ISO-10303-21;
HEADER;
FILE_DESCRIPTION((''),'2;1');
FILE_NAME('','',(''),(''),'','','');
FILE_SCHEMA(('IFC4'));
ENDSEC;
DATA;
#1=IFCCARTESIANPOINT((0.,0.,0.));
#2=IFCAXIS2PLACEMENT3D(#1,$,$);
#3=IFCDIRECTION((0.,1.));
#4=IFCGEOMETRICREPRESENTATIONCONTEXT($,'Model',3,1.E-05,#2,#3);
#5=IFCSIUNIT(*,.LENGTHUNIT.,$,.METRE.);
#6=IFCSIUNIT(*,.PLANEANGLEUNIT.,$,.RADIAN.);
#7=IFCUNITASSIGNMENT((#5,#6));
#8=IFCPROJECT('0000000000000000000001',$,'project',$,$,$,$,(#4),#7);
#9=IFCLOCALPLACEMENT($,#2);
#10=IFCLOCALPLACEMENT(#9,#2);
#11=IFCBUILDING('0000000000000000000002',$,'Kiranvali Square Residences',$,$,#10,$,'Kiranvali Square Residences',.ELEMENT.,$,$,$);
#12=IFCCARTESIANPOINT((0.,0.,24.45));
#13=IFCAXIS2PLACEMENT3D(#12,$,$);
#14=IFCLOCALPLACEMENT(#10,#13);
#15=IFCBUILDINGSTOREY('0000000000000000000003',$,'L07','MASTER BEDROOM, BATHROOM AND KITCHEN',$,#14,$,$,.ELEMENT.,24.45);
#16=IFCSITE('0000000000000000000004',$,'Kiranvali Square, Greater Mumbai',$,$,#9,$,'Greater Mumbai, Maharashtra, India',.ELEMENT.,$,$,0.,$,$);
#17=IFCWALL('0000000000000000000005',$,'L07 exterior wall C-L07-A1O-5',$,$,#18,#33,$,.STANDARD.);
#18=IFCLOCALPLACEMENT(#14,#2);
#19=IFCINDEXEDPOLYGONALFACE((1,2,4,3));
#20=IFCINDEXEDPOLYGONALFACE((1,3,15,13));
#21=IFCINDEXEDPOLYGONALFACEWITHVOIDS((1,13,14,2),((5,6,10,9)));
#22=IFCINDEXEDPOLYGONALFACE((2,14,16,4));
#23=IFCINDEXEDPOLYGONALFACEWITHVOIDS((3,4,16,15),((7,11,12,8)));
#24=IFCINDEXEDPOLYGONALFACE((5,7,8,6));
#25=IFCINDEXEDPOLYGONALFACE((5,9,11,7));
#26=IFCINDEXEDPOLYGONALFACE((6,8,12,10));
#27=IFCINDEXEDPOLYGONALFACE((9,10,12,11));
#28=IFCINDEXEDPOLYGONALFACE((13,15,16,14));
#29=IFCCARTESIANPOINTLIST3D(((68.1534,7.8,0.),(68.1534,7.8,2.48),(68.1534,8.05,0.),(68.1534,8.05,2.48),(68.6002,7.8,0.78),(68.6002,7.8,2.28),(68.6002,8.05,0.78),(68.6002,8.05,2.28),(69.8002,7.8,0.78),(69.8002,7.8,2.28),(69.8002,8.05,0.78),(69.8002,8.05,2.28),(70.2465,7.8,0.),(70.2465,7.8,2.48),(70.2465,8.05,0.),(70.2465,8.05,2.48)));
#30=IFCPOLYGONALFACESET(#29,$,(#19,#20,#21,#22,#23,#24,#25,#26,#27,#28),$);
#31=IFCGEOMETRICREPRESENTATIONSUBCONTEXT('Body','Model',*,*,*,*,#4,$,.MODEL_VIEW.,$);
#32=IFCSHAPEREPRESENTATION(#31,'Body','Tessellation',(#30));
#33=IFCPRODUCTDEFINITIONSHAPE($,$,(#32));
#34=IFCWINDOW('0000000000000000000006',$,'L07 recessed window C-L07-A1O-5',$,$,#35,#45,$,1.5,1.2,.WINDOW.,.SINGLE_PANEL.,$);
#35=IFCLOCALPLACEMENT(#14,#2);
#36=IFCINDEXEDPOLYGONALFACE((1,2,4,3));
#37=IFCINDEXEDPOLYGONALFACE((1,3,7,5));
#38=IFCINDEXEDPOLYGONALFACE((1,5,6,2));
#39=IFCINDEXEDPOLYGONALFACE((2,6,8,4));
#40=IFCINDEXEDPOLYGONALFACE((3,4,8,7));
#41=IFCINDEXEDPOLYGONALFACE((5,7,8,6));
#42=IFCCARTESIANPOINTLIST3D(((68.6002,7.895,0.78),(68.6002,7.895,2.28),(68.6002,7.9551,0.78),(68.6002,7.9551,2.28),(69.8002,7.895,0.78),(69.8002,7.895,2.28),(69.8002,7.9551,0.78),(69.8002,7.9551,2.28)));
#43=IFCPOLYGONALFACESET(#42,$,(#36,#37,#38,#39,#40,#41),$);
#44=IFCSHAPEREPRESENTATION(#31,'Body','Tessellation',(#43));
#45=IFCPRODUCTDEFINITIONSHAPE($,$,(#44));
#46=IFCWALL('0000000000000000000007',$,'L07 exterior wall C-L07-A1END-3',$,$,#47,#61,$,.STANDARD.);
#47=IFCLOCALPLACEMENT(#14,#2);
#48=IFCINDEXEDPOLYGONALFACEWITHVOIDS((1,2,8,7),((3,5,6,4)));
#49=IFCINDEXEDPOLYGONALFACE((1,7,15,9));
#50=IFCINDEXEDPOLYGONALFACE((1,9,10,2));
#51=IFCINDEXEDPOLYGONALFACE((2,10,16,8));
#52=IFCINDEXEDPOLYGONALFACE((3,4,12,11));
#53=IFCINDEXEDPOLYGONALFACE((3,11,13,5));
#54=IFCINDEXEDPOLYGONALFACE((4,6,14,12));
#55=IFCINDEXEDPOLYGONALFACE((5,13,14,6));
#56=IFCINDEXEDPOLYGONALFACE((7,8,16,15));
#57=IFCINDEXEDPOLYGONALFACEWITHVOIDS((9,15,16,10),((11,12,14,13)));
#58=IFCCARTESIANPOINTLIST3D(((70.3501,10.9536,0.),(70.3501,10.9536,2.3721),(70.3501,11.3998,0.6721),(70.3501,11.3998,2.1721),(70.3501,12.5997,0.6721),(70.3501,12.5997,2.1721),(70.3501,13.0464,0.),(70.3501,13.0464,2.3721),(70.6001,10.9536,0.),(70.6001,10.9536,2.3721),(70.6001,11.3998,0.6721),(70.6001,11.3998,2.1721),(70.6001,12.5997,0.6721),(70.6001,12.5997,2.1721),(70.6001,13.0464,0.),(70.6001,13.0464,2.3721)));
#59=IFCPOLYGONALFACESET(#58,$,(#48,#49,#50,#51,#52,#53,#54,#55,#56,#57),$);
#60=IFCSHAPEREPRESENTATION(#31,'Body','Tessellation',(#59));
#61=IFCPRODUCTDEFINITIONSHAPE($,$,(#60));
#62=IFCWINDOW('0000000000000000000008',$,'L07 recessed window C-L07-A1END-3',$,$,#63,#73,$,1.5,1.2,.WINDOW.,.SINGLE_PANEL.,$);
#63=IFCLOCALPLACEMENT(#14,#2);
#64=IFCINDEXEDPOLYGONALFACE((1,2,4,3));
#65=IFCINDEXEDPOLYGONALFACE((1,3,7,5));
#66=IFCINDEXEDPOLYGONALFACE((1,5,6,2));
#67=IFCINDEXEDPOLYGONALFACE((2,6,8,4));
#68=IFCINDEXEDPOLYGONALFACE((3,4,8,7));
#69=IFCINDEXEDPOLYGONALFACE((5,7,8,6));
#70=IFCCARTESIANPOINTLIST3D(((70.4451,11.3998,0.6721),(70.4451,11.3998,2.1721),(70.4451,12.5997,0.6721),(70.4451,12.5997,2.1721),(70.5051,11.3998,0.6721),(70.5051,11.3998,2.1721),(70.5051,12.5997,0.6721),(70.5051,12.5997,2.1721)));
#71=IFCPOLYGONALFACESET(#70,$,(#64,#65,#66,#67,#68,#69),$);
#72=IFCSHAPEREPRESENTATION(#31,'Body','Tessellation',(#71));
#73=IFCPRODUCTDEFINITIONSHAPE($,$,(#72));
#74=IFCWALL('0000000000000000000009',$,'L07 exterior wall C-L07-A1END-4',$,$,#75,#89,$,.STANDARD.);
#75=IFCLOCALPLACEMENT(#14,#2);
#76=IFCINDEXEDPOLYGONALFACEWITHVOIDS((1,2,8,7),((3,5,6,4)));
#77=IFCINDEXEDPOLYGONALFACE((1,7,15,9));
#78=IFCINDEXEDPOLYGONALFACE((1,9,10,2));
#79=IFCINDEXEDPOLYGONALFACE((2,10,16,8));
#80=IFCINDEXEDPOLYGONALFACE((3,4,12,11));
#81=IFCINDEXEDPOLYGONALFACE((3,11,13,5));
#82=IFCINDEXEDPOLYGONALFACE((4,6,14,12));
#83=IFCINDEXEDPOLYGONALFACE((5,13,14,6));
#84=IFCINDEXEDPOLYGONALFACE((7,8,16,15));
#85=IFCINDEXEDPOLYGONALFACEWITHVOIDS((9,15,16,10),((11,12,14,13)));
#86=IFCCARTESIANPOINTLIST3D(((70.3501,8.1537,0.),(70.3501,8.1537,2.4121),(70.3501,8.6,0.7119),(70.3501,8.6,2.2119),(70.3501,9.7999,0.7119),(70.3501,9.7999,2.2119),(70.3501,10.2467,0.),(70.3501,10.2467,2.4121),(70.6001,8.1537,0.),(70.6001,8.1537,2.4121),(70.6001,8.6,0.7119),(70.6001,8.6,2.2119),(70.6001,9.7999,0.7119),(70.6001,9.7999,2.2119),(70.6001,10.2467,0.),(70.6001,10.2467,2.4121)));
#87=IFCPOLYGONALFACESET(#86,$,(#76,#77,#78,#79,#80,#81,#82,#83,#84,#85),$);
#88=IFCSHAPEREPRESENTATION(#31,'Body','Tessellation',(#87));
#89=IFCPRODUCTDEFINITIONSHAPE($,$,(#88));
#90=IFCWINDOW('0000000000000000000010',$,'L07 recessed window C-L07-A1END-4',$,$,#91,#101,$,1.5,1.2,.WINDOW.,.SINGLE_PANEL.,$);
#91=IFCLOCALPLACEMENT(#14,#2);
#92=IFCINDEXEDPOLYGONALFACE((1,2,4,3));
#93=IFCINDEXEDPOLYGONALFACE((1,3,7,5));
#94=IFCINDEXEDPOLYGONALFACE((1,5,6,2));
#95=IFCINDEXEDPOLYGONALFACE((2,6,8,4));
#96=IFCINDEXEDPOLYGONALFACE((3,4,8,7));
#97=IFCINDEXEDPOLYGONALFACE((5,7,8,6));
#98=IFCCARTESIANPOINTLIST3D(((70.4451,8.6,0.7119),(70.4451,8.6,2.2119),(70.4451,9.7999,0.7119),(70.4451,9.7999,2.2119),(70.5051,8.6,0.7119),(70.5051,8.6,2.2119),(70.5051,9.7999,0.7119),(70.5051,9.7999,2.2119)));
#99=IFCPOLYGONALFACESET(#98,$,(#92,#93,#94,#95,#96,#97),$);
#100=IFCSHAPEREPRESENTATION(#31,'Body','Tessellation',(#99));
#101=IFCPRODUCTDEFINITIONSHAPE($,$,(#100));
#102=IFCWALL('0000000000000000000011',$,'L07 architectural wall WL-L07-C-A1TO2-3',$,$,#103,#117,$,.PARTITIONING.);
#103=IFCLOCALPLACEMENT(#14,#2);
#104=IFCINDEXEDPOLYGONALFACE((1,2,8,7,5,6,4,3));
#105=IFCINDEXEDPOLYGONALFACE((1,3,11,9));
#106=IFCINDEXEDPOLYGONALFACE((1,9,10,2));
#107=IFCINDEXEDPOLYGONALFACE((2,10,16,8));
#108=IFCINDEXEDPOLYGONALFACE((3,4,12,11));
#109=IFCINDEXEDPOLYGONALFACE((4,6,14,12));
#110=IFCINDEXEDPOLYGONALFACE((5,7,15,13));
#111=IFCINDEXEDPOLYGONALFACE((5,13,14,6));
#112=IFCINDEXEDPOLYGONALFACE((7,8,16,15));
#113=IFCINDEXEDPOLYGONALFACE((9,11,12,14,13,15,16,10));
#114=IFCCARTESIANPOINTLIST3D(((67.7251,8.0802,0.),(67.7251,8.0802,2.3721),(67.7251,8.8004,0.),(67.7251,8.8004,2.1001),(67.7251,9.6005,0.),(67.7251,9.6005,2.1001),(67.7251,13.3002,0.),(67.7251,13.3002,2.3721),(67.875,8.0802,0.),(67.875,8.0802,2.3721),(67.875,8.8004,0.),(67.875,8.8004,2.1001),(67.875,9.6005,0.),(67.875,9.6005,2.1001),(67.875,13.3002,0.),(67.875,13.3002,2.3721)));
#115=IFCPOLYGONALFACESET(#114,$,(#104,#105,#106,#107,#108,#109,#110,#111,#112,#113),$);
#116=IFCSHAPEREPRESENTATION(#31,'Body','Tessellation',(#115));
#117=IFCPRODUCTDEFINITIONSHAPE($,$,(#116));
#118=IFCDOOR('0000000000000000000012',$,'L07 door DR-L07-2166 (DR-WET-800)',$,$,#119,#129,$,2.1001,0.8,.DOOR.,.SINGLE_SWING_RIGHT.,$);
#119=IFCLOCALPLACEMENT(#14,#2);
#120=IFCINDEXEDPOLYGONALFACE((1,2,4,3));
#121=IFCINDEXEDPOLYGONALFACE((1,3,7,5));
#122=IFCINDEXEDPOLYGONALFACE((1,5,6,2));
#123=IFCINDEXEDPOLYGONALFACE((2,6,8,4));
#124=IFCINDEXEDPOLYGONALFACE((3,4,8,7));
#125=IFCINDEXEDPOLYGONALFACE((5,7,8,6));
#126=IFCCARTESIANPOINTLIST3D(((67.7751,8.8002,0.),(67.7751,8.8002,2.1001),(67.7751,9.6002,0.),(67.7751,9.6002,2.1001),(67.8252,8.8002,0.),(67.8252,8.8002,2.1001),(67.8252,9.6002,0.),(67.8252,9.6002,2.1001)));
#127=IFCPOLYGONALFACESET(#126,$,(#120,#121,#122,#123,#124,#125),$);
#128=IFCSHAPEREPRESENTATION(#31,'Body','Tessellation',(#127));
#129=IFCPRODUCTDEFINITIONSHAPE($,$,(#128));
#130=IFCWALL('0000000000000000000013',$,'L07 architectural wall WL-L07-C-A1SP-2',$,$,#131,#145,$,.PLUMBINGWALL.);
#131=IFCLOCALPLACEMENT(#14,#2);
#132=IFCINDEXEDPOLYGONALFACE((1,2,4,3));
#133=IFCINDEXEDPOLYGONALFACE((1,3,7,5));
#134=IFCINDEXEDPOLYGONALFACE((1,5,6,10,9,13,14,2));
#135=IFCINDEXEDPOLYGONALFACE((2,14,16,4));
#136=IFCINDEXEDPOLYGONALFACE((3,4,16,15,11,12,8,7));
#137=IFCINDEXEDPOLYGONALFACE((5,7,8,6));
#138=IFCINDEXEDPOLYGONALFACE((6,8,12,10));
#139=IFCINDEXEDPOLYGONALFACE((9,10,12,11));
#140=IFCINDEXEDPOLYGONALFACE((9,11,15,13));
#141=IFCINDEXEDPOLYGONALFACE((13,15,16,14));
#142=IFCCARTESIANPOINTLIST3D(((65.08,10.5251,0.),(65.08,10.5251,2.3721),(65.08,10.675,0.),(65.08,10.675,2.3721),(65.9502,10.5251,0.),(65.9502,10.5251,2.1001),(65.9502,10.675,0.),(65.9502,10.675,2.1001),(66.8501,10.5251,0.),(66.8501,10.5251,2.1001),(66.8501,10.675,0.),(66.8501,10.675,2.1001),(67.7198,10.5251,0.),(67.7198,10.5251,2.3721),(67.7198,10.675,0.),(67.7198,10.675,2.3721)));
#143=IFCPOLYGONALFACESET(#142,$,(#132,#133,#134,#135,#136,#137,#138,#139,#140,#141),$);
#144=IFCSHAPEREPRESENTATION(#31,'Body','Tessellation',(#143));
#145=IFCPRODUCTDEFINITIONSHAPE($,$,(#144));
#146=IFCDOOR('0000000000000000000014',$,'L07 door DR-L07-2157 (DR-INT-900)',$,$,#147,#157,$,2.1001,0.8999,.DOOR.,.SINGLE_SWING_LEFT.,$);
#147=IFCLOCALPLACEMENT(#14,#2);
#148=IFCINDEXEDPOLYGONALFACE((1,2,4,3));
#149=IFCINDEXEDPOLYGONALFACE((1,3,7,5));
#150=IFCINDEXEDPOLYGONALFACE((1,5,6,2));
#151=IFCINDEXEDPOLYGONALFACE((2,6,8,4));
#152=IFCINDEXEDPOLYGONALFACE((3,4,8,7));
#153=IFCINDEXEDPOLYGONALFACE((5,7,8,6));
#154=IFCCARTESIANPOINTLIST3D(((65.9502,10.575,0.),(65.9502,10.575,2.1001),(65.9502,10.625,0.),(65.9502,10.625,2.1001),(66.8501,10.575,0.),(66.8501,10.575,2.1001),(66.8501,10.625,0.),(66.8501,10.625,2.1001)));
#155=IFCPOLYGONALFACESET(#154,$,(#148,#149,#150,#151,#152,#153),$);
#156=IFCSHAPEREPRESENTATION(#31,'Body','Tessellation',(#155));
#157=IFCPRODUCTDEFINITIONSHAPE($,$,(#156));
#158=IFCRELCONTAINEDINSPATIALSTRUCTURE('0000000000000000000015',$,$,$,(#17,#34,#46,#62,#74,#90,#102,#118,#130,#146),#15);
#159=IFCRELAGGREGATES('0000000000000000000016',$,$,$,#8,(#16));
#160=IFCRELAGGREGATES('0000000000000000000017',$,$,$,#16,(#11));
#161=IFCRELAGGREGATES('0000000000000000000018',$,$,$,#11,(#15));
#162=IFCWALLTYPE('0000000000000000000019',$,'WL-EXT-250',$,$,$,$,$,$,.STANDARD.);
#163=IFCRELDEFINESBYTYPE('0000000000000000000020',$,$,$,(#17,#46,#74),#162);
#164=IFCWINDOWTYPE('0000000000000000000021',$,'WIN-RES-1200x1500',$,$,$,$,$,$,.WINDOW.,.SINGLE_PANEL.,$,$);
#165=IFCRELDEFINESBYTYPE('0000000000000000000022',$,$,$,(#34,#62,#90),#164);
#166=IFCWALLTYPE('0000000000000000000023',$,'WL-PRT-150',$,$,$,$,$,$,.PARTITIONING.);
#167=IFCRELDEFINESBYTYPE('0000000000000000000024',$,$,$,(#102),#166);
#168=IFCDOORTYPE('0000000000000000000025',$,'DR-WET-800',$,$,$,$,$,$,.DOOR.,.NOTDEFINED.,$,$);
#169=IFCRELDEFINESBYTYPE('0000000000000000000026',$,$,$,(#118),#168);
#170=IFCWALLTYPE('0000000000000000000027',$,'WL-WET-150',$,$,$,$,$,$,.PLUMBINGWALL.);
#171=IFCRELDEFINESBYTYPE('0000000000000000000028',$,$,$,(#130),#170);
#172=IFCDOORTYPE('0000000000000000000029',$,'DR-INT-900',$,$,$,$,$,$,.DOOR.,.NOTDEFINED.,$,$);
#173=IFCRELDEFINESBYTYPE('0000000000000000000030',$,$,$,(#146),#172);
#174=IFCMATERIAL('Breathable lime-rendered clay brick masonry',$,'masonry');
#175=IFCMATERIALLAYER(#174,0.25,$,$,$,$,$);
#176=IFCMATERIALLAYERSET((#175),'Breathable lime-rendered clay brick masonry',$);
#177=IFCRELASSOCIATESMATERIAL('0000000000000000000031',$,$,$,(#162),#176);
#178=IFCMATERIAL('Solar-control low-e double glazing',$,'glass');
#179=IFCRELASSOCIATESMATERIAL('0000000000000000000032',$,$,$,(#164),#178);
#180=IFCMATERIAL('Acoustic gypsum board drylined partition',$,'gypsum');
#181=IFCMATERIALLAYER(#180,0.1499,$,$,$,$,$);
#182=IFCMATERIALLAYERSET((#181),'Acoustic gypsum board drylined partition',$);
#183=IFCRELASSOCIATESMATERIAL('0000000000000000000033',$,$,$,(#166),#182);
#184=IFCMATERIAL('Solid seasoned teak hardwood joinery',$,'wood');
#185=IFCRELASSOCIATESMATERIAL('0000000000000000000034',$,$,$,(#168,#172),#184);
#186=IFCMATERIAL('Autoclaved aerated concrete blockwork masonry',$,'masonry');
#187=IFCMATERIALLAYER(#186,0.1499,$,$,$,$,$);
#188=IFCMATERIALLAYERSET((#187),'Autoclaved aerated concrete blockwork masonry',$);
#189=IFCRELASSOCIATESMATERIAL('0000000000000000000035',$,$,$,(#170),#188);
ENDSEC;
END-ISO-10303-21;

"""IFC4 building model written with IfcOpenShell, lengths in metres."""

from ifc_helpers import new_model, si_unit, direction, frame, frame_2d, origin, place, context, subcontext, project, spatial, rectangle, extrude, material, layer, layer_set, type_object, element, fill, save


model = new_model("IFC4")

# Units and contexts
model_context = context("Model", 3, precision=1e-05, world=origin(), true_north=direction((0.0, 1.0)))
body_context = subcontext(model_context, "Body", "Model", "MODEL_VIEW")
ifc_project = project(units=[si_unit("LENGTHUNIT", "METRE"), si_unit("PLANEANGLEUNIT", "RADIAN")], contexts=[model_context])

# Site, building, storey
site_placement = place(None, origin())
site = spatial("IfcSite", under=ifc_project, at=site_placement, Name="Kiranvali Square, Greater Mumbai", LongName="Greater Mumbai, Maharashtra, India", CompositionType="ELEMENT", RefElevation=0.0)
building_placement = place(site_placement, origin())
building = spatial("IfcBuilding", under=site, at=building_placement, Name="Kiranvali Square Residences", LongName="Kiranvali Square Residences", CompositionType="ELEMENT")
storey_placement = place(building_placement, frame((0.0, 0.0, 24.45)))
storey = spatial("IfcBuildingStorey", under=building, at=storey_placement, Name="L07", Description="MASTER BEDROOM, BATHROOM AND KITCHEN", CompositionType="ELEMENT", Elevation=24.45)

# Shared definitions
ifc_material_1 = material(Name="Autoclaved aerated concrete blockwork masonry", Category="masonry")

# Walls, openings, windows
ifc_material_2 = material(Name="Breathable lime-rendered clay brick masonry", Category="masonry")
ifc_layer_1 = layer(ifc_material_2, 0.25)
ifc_layer_set_1 = layer_set([ifc_layer_1], Name="Breathable lime-rendered clay brick masonry")
wall_type_1 = type_object("IfcWallType", Name="WL-EXT-250", PredefinedType="STANDARD", material=ifc_layer_set_1)
ifc_material_3 = material(Name="Solar-control low-e double glazing", Category="glass")
window_type = type_object("IfcWindowType", Name="WIN-RES-1200x1500", PartitioningType="SINGLE_PANEL", PredefinedType="WINDOW", material=ifc_material_3)
wall_1_placement = place(storey_placement, frame((68.1536, 7.925, 0.0), z_axis=(0.0, 0.0, 1.0), x_axis=(1.0, 0.0, 0.0)))
wall_1 = element("IfcWall", 1, at=wall_1_placement, inside=storey, type_object=wall_type_1, Name="L07 exterior wall C-L07-A1O-5", PredefinedType="STANDARD", context=body_context, shape_type="SweptSolid", body=[
    extrude(rectangle(XDim=2.093, YDim=0.25, at=frame_2d((1.0464, 0.0))), origin(), (0.0, 0.0, 1.0), 2.48),
])
opening_1_placement = place(wall_1_placement, frame((0.4465, 0.0, 0.78)))
opening_1 = element("IfcOpeningElement", 2, at=opening_1_placement, cuts=wall_1, PredefinedType="OPENING", context=body_context, shape_type="SweptSolid", body=[
    extrude(rectangle(XDim=1.2, YDim=1.5, at=frame_2d((0.6001, 0.75))), frame((0.0, 0.135, 0.0), z_axis=(0.0, -1.0, 0.0), x_axis=(1.0, 0.0, 0.0)), (0.0, 0.0, 1.0), 0.27),
])
window_1_placement = place(opening_1_placement, origin())
window_1 = element("IfcWindow", 3, at=window_1_placement, inside=storey, type_object=window_type, Name="L07 recessed window C-L07-A1O-5", OverallHeight=1.5, OverallWidth=1.2, PartitioningType="SINGLE_PANEL", PredefinedType="WINDOW", context=body_context, shape_type="SweptSolid", body=[
    extrude(rectangle(XDim=1.2, YDim=1.5, at=frame_2d((0.6001, 0.75))), frame((0.0, 0.03, 0.0), z_axis=(0.0, -1.0, 0.0), x_axis=(1.0, 0.0, 0.0)), (0.0, 0.0, 1.0), 0.0601),
])
fill(opening_1, window_1)
wall_2_placement = place(storey_placement, frame((70.4751, 13.0464, 0.0), z_axis=(0.0, 0.0, 1.0), x_axis=(0.0, -1.0, 0.0)))
wall_2 = element("IfcWall", 4, at=wall_2_placement, inside=storey, type_object=wall_type_1, Name="L07 exterior wall C-L07-A1END-3", PredefinedType="STANDARD", context=body_context, shape_type="SweptSolid", body=[
    extrude(rectangle(XDim=2.0928, YDim=0.25, at=frame_2d((1.0464, 0.0))), origin(), (0.0, 0.0, 1.0), 2.3721),
])
opening_2_placement = place(wall_2_placement, frame((0.4465, 0.0, 0.6721)))
opening_2 = element("IfcOpeningElement", 5, at=opening_2_placement, cuts=wall_2, PredefinedType="OPENING", context=body_context, shape_type="SweptSolid", body=[
    extrude(rectangle(XDim=1.2, YDim=1.5, at=frame_2d((0.6001, 0.75))), frame((0.0, 0.135, 0.0), z_axis=(0.0, -1.0, 0.0), x_axis=(1.0, 0.0, 0.0)), (0.0, 0.0, 1.0), 0.27),
])
window_2_placement = place(opening_2_placement, origin())
window_2 = element("IfcWindow", 6, at=window_2_placement, inside=storey, type_object=window_type, Name="L07 recessed window C-L07-A1END-3", OverallHeight=1.5, OverallWidth=1.2, PartitioningType="SINGLE_PANEL", PredefinedType="WINDOW", context=body_context, shape_type="SweptSolid", body=[
    extrude(rectangle(XDim=1.2, YDim=1.5, at=frame_2d((0.6001, 0.75))), frame((0.0, 0.03, 0.0), z_axis=(0.0, -1.0, 0.0), x_axis=(1.0, 0.0, 0.0)), (0.0, 0.0, 1.0), 0.0601),
])
fill(opening_2, window_2)
wall_3_placement = place(storey_placement, frame((70.4751, 10.2466, 0.0), z_axis=(0.0, 0.0, 1.0), x_axis=(0.0, -1.0, 0.0)))
wall_3 = element("IfcWall", 7, at=wall_3_placement, inside=storey, type_object=wall_type_1, Name="L07 exterior wall C-L07-A1END-4", PredefinedType="STANDARD", context=body_context, shape_type="SweptSolid", body=[
    extrude(rectangle(XDim=2.093, YDim=0.25, at=frame_2d((1.0464, 0.0))), origin(), (0.0, 0.0, 1.0), 2.4121),
])
opening_3_placement = place(wall_3_placement, frame((0.4465, 0.0, 0.7119)))
opening_3 = element("IfcOpeningElement", 8, at=opening_3_placement, cuts=wall_3, PredefinedType="OPENING", context=body_context, shape_type="SweptSolid", body=[
    extrude(rectangle(XDim=1.2, YDim=1.5, at=frame_2d((0.6001, 0.75))), frame((0.0, 0.135, 0.0), z_axis=(0.0, -1.0, 0.0), x_axis=(1.0, 0.0, 0.0)), (0.0, 0.0, 1.0), 0.27),
])
window_3_placement = place(opening_3_placement, origin())
window_3 = element("IfcWindow", 9, at=window_3_placement, inside=storey, type_object=window_type, Name="L07 recessed window C-L07-A1END-4", OverallHeight=1.5, OverallWidth=1.2, PartitioningType="SINGLE_PANEL", PredefinedType="WINDOW", context=body_context, shape_type="SweptSolid", body=[
    extrude(rectangle(XDim=1.2, YDim=1.5, at=frame_2d((0.6001, 0.75))), frame((0.0, 0.03, 0.0), z_axis=(0.0, -1.0, 0.0), x_axis=(1.0, 0.0, 0.0)), (0.0, 0.0, 1.0), 0.0601),
])
fill(opening_3, window_3)

# Walls, openings, doors
ifc_material_4 = material(Name="Acoustic gypsum board drylined partition", Category="gypsum")
ifc_layer_2 = layer(ifc_material_4, 0.1499)
ifc_layer_set_2 = layer_set([ifc_layer_2], Name="Acoustic gypsum board drylined partition")
wall_type_2 = type_object("IfcWallType", Name="WL-PRT-150", PredefinedType="PARTITIONING", material=ifc_layer_set_2)
wall_4_placement = place(storey_placement, frame((67.8, 13.3, 0.0), z_axis=(0.0, 0.0, 1.0), x_axis=(0.0, -1.0, 0.0)))
wall_4 = element("IfcWall", 10, at=wall_4_placement, inside=storey, type_object=wall_type_2, Name="L07 architectural wall WL-L07-C-A1TO2-3", PredefinedType="PARTITIONING", context=body_context, shape_type="SweptSolid", body=[
    extrude(rectangle(XDim=5.22, YDim=0.1499, at=frame_2d((2.6099, 0.0))), origin(), (0.0, 0.0, 1.0), 2.3721),
])
opening_4_placement = place(wall_4_placement, frame((3.6997, 0.0, 0.0)))
opening_4 = element("IfcOpeningElement", 11, at=opening_4_placement, cuts=wall_4, PredefinedType="OPENING", context=body_context, shape_type="SweptSolid", body=[
    extrude(rectangle(XDim=0.8, YDim=2.1001, at=frame_2d((0.3999, 1.05))), frame((0.0, 0.085, 0.0), z_axis=(0.0, -1.0, 0.0), x_axis=(1.0, 0.0, 0.0)), (0.0, 0.0, 1.0), 0.1699),
])
ifc_material_5 = material(Name="Solid seasoned teak hardwood joinery", Category="wood")
door_type_1 = type_object("IfcDoorType", Name="DR-WET-800", OperationType="NOTDEFINED", PredefinedType="DOOR", material=ifc_material_5)
door_1_placement = place(opening_4_placement, frame((0.8, 0.0, 0.0), z_axis=(0.0, 0.0, 1.0), x_axis=(-1.0, 0.0, 0.0)))
door_1 = element("IfcDoor", 12, at=door_1_placement, inside=storey, type_object=door_type_1, Name="L07 door DR-L07-2166 (DR-WET-800)", OperationType="SINGLE_SWING_RIGHT", OverallHeight=2.1001, OverallWidth=0.8, PredefinedType="DOOR", context=body_context, shape_type="SweptSolid", body=[
    extrude(rectangle(XDim=0.8, YDim=2.1001, at=frame_2d((0.3999, 1.05))), frame((0.0, 0.0249, 0.0), z_axis=(0.0, -1.0, 0.0), x_axis=(1.0, 0.0, 0.0)), (0.0, 0.0, 1.0), 0.05),
])
fill(opening_4, door_1)
ifc_layer_3 = layer(ifc_material_1, 0.1499)
ifc_layer_set_3 = layer_set([ifc_layer_3], Name="Autoclaved aerated concrete blockwork masonry")
wall_type_3 = type_object("IfcWallType", Name="WL-WET-150", PredefinedType="PLUMBINGWALL", material=ifc_layer_set_3)
wall_5_placement = place(storey_placement, frame((65.0801, 10.6001, 0.0), z_axis=(0.0, 0.0, 1.0), x_axis=(1.0, 0.0, 0.0)))
wall_5 = element("IfcWall", 13, at=wall_5_placement, inside=storey, type_object=wall_type_3, Name="L07 architectural wall WL-L07-C-A1SP-2", PredefinedType="PLUMBINGWALL", context=body_context, shape_type="SweptSolid", body=[
    extrude(rectangle(XDim=2.6399, YDim=0.1499, at=frame_2d((1.3198, 0.0))), origin(), (0.0, 0.0, 1.0), 2.3721),
])
opening_5_placement = place(wall_5_placement, frame((0.8701, 0.0, 0.0)))
opening_5 = element("IfcOpeningElement", 14, at=opening_5_placement, cuts=wall_5, PredefinedType="OPENING", context=body_context, shape_type="SweptSolid", body=[
    extrude(rectangle(XDim=0.8999, YDim=2.1001, at=frame_2d((0.45, 1.05))), frame((0.0, 0.085, 0.0), z_axis=(0.0, -1.0, 0.0), x_axis=(1.0, 0.0, 0.0)), (0.0, 0.0, 1.0), 0.1699),
])
door_type_2 = type_object("IfcDoorType", Name="DR-INT-900", OperationType="NOTDEFINED", PredefinedType="DOOR", material=ifc_material_5)
door_2_placement = place(opening_5_placement, origin())
door_2 = element("IfcDoor", 15, at=door_2_placement, inside=storey, type_object=door_type_2, Name="L07 door DR-L07-2157 (DR-INT-900)", OperationType="SINGLE_SWING_LEFT", OverallHeight=2.1001, OverallWidth=0.8999, PredefinedType="DOOR", context=body_context, shape_type="SweptSolid", body=[
    extrude(rectangle(XDim=0.8999, YDim=2.1001, at=frame_2d((0.45, 1.05))), frame((0.0, 0.0249, 0.0), z_axis=(0.0, -1.0, 0.0), x_axis=(1.0, 0.0, 0.0)), (0.0, 0.0, 1.0), 0.05),
])
fill(opening_5, door_2)

save(model, "model.ifc")
